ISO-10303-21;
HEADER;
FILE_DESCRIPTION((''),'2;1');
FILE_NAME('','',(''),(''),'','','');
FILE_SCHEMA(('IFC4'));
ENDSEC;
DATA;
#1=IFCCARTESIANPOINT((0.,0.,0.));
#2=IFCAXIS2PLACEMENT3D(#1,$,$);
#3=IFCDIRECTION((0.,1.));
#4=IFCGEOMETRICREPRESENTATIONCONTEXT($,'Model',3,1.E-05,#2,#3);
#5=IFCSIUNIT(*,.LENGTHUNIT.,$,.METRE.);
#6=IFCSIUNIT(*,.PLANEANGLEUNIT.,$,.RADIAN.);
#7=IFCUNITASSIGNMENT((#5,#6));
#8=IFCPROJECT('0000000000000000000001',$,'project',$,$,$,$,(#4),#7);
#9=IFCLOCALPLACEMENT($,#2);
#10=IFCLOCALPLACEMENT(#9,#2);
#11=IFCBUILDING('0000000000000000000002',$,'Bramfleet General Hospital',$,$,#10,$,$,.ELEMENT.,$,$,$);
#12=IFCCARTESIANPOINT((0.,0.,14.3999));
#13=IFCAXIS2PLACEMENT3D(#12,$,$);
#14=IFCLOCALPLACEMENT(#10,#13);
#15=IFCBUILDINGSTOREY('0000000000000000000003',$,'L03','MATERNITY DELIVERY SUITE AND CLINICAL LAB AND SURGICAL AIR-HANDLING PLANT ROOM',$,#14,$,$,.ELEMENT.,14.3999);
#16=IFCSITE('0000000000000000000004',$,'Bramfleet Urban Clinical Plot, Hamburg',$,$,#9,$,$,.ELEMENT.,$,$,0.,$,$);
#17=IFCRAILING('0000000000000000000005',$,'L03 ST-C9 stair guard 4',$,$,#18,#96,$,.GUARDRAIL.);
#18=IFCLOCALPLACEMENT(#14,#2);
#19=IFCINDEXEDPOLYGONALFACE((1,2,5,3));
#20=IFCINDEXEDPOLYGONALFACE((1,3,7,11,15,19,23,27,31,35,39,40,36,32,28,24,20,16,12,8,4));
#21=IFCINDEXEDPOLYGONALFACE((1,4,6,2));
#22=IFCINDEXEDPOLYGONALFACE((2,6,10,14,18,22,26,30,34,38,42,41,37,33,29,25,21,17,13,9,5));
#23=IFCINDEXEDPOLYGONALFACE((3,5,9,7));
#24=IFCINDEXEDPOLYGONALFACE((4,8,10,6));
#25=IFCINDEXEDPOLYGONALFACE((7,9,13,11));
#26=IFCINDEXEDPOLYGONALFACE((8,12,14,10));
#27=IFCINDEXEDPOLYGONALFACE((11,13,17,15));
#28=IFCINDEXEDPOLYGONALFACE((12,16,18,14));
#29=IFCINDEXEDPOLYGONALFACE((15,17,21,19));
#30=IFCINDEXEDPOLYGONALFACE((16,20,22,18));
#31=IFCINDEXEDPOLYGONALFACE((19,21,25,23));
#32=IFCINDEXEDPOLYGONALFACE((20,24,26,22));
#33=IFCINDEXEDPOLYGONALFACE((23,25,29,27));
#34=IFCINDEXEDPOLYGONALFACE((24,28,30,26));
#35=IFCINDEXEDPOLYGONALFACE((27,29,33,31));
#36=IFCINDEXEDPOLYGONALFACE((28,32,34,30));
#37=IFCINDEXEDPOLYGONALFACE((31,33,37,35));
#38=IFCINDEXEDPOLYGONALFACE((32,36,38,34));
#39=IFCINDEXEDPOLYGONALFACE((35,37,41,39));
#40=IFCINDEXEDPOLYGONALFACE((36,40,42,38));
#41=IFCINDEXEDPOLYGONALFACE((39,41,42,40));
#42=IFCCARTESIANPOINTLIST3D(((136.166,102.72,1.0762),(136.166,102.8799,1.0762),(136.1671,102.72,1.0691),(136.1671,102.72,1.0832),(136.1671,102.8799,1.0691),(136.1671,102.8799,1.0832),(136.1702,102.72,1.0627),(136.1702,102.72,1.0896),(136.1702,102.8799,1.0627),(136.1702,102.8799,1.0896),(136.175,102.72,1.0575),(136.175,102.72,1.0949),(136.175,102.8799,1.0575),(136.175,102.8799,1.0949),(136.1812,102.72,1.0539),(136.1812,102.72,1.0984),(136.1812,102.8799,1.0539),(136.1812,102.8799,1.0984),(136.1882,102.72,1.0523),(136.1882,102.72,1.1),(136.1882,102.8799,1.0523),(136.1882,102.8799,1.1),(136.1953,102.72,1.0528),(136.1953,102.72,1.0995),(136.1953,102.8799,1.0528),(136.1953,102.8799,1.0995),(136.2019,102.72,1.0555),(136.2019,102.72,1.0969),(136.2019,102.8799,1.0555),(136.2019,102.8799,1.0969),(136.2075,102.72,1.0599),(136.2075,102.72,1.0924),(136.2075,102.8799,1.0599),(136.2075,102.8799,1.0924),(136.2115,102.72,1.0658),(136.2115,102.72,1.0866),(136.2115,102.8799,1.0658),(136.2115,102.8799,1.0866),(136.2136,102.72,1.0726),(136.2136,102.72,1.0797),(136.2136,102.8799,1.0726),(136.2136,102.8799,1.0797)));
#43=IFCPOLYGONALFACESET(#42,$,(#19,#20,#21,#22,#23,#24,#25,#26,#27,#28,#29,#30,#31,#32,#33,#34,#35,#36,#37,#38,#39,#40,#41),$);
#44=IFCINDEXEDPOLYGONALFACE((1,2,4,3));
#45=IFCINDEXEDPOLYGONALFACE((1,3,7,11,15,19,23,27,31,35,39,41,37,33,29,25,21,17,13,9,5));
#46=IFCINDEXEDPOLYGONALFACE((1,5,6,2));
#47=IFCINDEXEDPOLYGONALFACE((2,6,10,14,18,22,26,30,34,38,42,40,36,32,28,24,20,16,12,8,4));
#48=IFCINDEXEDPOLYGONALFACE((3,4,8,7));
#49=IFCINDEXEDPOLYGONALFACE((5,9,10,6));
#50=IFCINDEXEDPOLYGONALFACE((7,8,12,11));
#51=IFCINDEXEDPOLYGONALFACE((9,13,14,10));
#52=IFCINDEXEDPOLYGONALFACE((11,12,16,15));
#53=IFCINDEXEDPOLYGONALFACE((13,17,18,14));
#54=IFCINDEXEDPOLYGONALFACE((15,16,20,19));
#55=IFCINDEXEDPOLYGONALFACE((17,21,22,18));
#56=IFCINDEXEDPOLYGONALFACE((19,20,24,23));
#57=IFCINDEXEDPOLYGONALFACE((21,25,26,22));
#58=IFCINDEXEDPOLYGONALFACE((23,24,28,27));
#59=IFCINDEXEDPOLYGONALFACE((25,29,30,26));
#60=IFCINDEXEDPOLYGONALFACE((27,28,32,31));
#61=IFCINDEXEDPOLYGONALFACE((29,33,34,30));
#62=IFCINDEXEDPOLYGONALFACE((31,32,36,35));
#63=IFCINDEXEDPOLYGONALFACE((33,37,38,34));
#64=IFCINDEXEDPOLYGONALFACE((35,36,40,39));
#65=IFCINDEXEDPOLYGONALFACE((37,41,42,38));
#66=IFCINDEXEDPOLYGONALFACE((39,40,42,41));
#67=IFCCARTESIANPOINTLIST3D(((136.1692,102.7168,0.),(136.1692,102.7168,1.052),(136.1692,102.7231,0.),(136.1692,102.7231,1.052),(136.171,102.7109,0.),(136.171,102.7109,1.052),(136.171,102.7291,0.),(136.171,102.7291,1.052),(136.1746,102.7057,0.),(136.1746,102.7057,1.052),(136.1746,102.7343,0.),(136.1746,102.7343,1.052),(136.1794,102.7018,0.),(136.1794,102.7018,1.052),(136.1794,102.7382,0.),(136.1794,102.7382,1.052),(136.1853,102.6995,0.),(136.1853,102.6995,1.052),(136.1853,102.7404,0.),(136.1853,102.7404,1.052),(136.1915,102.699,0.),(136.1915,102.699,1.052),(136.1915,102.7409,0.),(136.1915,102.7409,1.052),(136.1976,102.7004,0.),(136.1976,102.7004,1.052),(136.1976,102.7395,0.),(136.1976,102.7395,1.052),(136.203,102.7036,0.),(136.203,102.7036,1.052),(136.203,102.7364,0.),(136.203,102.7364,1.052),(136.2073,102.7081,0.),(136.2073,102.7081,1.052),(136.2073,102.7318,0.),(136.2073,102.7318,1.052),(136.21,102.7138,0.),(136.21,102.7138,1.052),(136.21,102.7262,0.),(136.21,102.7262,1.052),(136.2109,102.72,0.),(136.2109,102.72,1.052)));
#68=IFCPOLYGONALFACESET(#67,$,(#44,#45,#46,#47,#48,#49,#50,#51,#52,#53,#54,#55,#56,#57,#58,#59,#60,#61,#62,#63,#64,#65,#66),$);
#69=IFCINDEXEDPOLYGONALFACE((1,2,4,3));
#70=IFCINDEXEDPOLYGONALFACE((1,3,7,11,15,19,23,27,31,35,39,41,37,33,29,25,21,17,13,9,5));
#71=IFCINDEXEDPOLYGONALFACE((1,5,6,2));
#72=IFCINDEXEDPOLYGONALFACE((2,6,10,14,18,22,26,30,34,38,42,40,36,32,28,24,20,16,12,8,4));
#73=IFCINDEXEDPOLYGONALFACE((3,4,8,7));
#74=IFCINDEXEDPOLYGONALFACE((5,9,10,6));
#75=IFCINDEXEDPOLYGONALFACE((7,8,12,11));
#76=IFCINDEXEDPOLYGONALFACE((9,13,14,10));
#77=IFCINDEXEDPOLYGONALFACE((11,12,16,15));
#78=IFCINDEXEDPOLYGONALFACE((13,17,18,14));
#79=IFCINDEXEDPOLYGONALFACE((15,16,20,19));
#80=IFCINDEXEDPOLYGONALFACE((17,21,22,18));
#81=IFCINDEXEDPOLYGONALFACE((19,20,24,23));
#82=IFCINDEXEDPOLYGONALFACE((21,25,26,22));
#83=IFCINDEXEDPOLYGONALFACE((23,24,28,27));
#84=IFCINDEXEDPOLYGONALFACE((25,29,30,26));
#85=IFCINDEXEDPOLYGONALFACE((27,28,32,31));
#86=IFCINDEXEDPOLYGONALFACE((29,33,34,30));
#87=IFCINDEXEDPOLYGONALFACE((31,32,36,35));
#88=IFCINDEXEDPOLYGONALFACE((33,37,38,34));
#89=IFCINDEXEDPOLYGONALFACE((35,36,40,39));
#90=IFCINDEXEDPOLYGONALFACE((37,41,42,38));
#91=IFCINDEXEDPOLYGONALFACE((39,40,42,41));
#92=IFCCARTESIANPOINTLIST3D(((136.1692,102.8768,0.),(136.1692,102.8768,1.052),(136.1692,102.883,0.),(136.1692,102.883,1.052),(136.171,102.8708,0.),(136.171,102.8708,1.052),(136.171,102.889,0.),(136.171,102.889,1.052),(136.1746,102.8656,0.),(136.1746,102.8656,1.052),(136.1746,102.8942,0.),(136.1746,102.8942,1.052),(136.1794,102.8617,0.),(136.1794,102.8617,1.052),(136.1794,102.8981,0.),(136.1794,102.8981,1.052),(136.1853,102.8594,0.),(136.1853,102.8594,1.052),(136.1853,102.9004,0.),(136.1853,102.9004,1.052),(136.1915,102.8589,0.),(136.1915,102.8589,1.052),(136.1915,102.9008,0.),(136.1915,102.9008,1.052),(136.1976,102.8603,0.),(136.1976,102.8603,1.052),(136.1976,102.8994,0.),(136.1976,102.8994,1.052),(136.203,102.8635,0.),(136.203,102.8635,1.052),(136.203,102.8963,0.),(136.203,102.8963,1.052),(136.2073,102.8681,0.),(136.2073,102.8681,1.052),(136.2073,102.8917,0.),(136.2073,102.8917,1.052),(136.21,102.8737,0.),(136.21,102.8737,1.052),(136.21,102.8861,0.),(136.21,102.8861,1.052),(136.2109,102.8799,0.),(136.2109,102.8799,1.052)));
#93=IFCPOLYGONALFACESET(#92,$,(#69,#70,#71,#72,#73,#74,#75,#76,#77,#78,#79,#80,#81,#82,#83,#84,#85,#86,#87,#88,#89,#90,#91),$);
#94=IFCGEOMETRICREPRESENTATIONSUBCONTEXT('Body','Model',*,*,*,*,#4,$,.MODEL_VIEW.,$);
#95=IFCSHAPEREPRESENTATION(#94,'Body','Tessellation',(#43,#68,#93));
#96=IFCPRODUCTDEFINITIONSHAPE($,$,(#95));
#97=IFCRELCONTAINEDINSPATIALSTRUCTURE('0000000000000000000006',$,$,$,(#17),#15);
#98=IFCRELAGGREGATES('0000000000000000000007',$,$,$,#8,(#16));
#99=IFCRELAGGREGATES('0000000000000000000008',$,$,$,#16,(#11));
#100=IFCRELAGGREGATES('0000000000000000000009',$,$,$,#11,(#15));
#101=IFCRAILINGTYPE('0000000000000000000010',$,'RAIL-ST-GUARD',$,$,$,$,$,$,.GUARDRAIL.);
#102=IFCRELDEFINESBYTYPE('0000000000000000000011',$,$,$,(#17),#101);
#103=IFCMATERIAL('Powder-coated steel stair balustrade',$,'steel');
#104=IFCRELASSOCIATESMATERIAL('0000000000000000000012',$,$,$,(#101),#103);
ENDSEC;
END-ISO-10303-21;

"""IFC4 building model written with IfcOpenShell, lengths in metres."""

from ifc_helpers import new_model, si_unit, direction, frame, origin, origin_2d, place, context, subcontext, project, spatial, circle, extrude, material, type_object, element, save


model = new_model("IFC4")

# Units and contexts
model_context = context("Model", 3, precision=1e-05, world=origin(), true_north=direction((0.0, 1.0)))
body_context = subcontext(model_context, "Body", "Model", "MODEL_VIEW")
ifc_project = project(units=[si_unit("LENGTHUNIT", "METRE"), si_unit("PLANEANGLEUNIT", "RADIAN")], contexts=[model_context])

# Site, building, storey
site_placement = place(None, origin())
site = spatial("IfcSite", under=ifc_project, at=site_placement, Name="Bramfleet Urban Clinical Plot, Hamburg", CompositionType="ELEMENT", RefElevation=0.0)
building_placement = place(site_placement, origin())
building = spatial("IfcBuilding", under=site, at=building_placement, Name="Bramfleet General Hospital", CompositionType="ELEMENT")
storey_placement = place(building_placement, frame((0.0, 0.0, 14.3999)))
storey = spatial("IfcBuildingStorey", under=building, at=storey_placement, Name="L03", Description="MATERNITY DELIVERY SUITE AND CLINICAL LAB AND SURGICAL AIR-HANDLING PLANT ROOM", CompositionType="ELEMENT", Elevation=14.3999)

# Railing
ifc_material_1 = material(Name="Powder-coated steel stair balustrade", Category="steel")
railing_type_1 = type_object("IfcRailingType", Name="RAIL-ST-GUARD", PredefinedType="GUARDRAIL", material=ifc_material_1)
railing_1_placement = place(storey_placement, frame((136.1899, 102.72, 0.0)))
element("IfcRailing", 1, at=railing_1_placement, inside=storey, type_object=railing_type_1, Name="L03 ST-C9 stair guard 4", PredefinedType="GUARDRAIL", context=body_context, shape_type="SweptSolid", body=[
    extrude(circle(Radius=0.0239, at=origin_2d()), frame((0.0, 0.0, 1.0762), z_axis=(0.0, 1.0, 0.0), x_axis=(-1.0, 0.0, 0.0)), (0.0, 0.0, 1.0), 0.1599),
    extrude(circle(Radius=0.021, at=origin_2d()), origin(), (0.0, 0.0, 1.0), 1.052),
    extrude(circle(Radius=0.021, at=origin_2d()), frame((0.0, 0.1599, 0.0)), (0.0, 0.0, 1.0), 1.052),
])

save(model, "model.ifc")
